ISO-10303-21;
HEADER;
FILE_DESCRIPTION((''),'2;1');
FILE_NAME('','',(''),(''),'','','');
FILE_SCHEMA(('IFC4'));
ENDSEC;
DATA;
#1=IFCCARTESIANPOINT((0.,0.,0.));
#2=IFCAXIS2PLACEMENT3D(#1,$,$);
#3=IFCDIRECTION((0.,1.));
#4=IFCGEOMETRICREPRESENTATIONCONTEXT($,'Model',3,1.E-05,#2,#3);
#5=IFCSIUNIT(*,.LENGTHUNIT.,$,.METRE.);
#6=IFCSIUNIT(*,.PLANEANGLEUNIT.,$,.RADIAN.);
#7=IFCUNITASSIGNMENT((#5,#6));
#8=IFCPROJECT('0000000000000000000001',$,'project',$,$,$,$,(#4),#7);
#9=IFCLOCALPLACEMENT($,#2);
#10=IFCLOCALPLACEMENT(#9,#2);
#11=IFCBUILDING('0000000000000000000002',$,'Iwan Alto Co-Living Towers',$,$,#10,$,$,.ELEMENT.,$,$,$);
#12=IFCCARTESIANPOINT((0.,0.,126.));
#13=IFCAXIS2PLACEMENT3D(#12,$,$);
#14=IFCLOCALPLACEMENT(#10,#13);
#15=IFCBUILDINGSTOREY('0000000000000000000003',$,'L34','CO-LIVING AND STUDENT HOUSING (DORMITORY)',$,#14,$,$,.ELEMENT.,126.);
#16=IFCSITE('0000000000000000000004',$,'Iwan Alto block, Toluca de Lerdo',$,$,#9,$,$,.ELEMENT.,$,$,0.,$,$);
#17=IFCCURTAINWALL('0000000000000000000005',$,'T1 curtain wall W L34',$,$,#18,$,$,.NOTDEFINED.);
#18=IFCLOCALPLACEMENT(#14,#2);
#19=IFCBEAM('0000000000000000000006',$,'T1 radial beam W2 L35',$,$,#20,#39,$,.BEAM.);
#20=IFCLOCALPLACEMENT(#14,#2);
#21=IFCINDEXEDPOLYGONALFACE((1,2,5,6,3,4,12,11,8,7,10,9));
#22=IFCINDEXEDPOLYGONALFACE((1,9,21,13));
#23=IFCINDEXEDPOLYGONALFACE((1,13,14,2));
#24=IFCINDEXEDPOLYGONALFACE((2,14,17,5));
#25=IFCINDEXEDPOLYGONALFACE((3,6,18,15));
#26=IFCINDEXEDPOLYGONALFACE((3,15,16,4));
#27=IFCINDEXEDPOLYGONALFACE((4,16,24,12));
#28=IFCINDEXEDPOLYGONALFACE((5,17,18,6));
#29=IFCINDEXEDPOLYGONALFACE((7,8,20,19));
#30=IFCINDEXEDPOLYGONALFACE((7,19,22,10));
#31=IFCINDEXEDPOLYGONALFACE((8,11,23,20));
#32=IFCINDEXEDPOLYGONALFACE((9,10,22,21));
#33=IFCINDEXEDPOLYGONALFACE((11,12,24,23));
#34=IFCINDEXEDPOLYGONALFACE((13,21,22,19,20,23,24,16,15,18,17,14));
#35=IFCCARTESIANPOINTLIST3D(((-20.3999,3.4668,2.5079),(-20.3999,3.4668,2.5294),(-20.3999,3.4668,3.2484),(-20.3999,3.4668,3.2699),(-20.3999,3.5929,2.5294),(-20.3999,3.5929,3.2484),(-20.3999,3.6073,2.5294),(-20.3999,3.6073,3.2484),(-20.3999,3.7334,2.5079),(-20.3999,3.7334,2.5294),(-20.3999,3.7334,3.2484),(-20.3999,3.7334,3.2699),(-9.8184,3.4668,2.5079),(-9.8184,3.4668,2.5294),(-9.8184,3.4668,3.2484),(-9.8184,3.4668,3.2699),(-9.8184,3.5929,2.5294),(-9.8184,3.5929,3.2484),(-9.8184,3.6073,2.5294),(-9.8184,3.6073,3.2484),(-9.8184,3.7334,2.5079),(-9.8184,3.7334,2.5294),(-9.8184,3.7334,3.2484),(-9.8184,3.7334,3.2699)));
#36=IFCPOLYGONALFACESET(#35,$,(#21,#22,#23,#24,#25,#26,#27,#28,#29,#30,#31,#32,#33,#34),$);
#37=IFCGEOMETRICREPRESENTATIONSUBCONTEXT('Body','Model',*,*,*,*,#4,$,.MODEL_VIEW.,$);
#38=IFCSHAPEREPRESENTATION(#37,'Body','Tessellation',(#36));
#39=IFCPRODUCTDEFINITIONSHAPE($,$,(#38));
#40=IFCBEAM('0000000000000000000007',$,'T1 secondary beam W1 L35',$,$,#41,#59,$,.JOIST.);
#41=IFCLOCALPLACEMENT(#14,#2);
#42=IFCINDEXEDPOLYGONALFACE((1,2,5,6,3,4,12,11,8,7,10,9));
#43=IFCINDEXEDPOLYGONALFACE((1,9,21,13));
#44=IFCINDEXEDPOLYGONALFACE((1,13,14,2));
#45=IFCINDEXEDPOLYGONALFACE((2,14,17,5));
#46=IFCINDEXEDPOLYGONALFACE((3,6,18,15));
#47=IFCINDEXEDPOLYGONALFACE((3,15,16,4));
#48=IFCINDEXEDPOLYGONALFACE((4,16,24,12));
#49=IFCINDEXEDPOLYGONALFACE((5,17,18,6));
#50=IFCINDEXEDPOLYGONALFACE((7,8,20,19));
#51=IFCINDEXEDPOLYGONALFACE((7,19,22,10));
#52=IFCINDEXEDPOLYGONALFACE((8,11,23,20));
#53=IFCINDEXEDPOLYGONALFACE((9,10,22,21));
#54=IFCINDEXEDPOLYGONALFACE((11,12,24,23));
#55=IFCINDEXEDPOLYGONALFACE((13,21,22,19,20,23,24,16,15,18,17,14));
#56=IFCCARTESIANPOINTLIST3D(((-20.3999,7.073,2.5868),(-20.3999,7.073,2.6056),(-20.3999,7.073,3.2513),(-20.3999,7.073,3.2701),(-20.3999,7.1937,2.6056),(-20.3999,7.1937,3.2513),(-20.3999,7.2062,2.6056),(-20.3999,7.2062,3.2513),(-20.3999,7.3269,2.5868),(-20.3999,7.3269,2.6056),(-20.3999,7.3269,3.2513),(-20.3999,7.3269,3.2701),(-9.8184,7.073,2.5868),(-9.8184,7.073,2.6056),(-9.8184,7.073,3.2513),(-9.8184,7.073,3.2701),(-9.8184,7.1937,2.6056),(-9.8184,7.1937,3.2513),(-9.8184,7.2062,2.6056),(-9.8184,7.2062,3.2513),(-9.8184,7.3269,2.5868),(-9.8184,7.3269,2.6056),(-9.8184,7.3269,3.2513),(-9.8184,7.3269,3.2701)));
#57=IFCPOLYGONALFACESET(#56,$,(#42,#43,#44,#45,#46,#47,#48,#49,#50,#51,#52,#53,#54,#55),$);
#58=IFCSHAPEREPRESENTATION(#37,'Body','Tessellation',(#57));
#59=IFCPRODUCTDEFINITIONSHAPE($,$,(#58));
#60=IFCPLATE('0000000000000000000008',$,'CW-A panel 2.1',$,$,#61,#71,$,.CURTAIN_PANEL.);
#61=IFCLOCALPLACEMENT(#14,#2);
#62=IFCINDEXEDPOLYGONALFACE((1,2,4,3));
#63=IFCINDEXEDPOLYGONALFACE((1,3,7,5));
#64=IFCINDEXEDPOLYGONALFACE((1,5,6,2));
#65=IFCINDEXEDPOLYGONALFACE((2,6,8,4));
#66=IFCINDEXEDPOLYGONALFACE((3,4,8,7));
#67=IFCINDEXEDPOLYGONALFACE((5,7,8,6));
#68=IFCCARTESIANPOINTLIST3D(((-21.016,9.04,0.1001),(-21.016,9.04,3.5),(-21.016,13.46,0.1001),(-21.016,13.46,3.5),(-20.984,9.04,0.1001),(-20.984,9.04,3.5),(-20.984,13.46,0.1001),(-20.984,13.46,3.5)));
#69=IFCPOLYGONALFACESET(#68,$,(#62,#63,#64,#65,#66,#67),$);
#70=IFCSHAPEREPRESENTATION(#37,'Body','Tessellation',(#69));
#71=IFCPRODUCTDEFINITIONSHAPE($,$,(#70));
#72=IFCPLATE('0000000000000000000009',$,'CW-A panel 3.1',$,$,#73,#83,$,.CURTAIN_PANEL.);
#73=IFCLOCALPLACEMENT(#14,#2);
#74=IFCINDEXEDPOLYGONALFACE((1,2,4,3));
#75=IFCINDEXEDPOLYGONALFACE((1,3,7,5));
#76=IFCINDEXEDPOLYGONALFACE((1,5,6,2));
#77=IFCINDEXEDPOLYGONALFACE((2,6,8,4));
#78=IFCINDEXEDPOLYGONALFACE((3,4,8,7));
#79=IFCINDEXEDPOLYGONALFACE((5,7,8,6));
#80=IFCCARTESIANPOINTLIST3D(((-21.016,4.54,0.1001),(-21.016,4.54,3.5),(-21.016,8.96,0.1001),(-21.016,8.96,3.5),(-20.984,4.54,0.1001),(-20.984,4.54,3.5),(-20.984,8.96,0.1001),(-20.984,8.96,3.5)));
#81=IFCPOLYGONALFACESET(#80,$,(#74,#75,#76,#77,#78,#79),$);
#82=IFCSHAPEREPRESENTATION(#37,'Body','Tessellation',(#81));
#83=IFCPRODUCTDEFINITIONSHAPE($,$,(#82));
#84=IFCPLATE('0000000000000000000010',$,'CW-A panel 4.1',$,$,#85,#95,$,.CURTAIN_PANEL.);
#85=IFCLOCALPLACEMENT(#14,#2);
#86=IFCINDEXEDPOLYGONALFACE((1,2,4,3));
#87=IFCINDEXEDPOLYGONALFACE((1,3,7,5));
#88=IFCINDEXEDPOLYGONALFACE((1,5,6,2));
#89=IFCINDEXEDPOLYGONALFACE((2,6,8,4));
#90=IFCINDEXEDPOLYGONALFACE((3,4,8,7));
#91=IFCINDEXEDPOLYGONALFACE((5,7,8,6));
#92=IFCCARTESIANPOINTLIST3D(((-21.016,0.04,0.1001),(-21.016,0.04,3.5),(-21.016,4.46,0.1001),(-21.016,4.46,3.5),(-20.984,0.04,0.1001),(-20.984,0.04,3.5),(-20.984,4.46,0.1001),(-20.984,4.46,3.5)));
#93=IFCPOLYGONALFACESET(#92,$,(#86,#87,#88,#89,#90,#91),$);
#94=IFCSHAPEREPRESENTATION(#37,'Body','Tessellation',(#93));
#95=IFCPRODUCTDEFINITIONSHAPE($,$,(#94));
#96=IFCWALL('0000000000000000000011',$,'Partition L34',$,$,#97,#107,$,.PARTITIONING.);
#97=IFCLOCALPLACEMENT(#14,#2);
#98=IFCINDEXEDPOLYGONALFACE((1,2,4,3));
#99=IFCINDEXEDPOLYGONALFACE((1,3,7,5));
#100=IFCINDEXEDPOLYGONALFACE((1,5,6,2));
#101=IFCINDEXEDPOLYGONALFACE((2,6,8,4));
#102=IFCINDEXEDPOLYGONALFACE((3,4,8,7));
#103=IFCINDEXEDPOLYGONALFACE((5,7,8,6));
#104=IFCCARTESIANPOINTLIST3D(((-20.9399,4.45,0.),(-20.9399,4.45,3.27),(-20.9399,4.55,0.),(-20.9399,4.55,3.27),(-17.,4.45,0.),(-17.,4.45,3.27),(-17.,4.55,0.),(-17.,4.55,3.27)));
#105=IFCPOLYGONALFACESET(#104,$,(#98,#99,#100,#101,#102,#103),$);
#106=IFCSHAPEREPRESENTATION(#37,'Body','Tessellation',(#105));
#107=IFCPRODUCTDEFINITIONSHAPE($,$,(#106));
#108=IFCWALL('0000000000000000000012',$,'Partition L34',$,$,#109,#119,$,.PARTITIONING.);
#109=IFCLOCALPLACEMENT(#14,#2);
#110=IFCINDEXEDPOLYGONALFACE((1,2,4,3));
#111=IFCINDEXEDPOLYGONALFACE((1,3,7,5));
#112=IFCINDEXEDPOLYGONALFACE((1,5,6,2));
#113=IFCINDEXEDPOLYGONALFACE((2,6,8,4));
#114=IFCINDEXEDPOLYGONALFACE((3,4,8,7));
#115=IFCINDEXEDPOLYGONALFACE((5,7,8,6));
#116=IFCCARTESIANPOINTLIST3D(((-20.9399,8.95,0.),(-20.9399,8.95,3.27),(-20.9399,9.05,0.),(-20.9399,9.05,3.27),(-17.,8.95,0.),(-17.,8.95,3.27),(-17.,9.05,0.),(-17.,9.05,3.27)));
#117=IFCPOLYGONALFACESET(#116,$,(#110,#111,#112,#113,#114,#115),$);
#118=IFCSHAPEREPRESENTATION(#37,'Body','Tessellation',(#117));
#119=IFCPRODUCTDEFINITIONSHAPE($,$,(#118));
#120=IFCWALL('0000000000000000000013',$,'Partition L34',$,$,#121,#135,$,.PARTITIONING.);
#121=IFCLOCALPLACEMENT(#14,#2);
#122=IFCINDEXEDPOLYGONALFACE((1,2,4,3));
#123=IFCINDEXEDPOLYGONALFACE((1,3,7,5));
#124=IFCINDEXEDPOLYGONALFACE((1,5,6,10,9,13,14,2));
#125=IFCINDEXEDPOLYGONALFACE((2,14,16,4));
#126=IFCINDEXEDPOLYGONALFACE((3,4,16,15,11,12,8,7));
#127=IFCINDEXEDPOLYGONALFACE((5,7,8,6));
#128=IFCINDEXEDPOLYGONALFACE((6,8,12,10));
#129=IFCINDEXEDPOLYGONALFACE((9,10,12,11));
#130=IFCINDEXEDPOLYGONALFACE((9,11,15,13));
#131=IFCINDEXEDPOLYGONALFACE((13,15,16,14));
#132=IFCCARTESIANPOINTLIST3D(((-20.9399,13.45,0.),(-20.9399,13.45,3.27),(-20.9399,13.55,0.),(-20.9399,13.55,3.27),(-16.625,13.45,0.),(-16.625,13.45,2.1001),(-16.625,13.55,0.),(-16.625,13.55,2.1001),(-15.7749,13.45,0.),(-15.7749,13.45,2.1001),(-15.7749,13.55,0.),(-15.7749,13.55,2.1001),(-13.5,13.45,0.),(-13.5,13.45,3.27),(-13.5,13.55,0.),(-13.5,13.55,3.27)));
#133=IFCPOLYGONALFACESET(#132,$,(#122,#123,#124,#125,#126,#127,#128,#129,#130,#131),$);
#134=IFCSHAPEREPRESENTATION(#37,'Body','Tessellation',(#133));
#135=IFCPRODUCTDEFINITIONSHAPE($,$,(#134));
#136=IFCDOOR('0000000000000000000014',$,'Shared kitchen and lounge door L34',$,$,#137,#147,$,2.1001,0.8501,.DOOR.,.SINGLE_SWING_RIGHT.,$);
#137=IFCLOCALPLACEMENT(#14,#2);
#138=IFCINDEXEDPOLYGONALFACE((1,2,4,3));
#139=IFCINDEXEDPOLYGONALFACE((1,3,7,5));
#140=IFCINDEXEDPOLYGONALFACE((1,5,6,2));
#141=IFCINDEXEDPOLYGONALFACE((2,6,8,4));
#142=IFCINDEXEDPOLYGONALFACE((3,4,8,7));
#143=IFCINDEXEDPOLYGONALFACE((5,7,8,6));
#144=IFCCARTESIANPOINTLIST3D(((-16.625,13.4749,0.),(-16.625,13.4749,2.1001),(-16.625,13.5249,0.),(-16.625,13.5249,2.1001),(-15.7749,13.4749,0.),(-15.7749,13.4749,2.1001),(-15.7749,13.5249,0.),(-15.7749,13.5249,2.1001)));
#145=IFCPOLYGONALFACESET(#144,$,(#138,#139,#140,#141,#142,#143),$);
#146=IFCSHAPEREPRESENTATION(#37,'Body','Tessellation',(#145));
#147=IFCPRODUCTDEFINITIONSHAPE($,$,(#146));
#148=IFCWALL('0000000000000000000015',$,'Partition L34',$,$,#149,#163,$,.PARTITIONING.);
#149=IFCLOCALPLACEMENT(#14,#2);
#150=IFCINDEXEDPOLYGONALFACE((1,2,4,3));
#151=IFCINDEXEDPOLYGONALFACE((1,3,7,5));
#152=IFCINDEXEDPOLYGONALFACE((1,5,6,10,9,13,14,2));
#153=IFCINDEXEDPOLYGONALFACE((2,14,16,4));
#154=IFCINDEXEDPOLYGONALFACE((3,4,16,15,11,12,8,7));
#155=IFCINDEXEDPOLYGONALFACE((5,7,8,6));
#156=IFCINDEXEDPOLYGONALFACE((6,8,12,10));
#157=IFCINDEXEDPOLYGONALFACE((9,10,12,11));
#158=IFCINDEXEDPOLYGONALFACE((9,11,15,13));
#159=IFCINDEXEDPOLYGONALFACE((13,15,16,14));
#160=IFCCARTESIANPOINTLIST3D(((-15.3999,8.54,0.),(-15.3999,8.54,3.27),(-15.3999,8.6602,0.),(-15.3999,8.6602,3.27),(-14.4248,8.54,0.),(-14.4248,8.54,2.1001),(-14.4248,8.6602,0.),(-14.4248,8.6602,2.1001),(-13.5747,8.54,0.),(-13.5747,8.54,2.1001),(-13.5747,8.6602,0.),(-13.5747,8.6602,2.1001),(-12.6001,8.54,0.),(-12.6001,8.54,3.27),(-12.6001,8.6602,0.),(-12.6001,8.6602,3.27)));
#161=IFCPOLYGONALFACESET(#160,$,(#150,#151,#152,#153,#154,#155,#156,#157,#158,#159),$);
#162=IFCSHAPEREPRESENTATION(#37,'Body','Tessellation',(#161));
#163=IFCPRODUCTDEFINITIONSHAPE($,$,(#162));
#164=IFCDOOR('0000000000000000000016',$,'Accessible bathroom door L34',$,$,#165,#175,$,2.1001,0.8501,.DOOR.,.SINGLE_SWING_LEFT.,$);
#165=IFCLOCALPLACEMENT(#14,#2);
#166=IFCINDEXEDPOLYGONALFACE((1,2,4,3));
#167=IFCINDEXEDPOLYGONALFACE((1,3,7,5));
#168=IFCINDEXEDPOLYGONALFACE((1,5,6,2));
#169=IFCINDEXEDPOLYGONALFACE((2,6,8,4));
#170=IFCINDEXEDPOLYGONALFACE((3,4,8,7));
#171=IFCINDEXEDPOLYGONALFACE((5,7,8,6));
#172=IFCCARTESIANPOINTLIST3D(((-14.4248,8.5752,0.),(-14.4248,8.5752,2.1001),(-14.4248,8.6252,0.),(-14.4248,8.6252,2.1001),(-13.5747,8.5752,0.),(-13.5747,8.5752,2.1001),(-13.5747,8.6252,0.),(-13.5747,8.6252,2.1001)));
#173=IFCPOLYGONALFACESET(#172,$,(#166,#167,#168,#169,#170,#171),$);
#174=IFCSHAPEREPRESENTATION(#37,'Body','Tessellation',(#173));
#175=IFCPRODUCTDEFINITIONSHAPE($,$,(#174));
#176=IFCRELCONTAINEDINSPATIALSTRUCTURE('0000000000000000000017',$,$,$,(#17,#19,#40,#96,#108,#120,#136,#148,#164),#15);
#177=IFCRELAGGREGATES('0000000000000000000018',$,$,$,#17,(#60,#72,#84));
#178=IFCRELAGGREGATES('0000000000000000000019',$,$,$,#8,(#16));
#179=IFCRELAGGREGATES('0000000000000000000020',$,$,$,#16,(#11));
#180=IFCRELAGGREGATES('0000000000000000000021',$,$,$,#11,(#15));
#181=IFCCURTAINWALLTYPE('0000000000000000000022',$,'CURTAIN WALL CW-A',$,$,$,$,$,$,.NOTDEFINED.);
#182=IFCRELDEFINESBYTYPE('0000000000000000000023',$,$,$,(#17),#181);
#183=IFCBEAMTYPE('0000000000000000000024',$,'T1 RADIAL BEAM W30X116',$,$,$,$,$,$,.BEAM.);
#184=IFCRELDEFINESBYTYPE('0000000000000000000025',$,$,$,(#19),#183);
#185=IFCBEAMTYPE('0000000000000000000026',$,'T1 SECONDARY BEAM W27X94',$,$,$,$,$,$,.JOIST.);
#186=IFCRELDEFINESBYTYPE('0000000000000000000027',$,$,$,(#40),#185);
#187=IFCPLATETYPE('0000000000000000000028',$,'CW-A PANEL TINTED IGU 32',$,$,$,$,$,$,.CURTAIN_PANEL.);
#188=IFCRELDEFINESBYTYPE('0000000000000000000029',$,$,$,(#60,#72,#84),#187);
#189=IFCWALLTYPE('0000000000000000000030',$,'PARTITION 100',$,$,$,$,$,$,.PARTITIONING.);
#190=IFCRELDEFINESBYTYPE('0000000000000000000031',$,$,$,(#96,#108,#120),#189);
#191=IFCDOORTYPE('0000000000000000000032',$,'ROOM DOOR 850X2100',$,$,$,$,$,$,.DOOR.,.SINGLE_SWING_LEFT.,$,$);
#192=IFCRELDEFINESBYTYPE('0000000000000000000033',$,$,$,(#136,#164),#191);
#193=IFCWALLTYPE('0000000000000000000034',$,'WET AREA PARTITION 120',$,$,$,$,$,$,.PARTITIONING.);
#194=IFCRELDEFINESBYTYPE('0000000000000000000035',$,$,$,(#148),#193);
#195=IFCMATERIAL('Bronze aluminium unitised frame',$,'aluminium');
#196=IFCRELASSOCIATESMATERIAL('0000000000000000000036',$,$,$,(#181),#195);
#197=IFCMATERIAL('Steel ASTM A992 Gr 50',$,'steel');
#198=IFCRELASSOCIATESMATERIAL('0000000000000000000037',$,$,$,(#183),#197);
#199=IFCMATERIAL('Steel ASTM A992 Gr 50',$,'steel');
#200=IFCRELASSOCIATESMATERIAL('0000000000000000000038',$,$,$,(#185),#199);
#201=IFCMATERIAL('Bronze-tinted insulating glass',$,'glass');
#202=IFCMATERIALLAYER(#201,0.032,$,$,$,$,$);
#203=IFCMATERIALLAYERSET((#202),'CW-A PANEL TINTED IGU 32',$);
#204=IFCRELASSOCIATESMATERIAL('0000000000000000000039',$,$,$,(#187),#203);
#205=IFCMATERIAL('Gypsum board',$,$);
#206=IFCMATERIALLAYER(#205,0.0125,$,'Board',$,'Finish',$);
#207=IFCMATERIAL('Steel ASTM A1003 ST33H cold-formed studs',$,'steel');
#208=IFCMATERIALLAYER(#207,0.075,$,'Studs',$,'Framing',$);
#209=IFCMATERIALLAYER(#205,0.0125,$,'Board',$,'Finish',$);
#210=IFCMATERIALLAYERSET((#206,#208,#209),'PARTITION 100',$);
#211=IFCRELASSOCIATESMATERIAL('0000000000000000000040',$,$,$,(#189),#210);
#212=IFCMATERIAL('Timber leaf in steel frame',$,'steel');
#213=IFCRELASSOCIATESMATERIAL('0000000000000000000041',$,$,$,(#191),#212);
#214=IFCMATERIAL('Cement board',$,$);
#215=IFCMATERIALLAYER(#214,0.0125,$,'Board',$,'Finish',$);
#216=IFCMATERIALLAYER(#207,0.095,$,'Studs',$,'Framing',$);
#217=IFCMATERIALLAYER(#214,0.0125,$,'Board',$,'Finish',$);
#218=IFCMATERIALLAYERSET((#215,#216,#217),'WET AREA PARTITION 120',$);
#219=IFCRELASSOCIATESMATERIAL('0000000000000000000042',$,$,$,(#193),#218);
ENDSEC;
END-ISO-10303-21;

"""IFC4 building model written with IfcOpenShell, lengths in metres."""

from ifc_helpers import new_model, si_unit, direction, frame, frame_2d, origin, origin_2d, place, context, subcontext, project, spatial, rectangle, i_section, extrude, material, layer, layer_set, material_profile, profile_set, type_object, element, fill, aggregate, save


model = new_model("IFC4")

# Units and contexts
model_context = context("Model", 3, precision=1e-05, world=origin(), true_north=direction((0.0, 1.0)))
body_context = subcontext(model_context, "Body", "Model", "MODEL_VIEW")
ifc_project = project(units=[si_unit("LENGTHUNIT", "METRE"), si_unit("PLANEANGLEUNIT", "RADIAN")], contexts=[model_context])

# Site, building, storey
site_placement = place(None, origin())
site = spatial("IfcSite", under=ifc_project, at=site_placement, Name="Iwan Alto block, Toluca de Lerdo", CompositionType="ELEMENT", RefElevation=0.0)
building_placement = place(site_placement, origin())
building = spatial("IfcBuilding", under=site, at=building_placement, Name="Iwan Alto Co-Living Towers", CompositionType="ELEMENT")
storey_placement = place(building_placement, frame((0.0, 0.0, 126.0)))
storey = spatial("IfcBuildingStorey", under=building, at=storey_placement, Name="L34", Description="CO-LIVING AND STUDENT HOUSING (DORMITORY)", CompositionType="ELEMENT", Elevation=126.0)

# Curtain wall
ifc_material_1 = material(Name="Bronze aluminium unitised frame", Category="aluminium")
curtain_wall_type = type_object("IfcCurtainWallType", Name="CURTAIN WALL CW-A", PredefinedType="NOTDEFINED", material=ifc_material_1)
curtain_wall_placement = place(storey_placement, origin())
curtain_wall = element("IfcCurtainWall", 1, at=curtain_wall_placement, inside=storey, type_object=curtain_wall_type, Name="T1 curtain wall W L34", PredefinedType="NOTDEFINED")

# Beams
ifc_material_2 = material(Name="Steel ASTM A992 Gr 50", Category="steel")
ifc_material_profile_1 = material_profile(ifc_material_2, i_section(OverallWidth=0.2666, OverallDepth=0.762, WebThickness=0.0144, FlangeThickness=0.0215, at=origin_2d()), Name="W30X116")
ifc_profile_set_1 = profile_set([ifc_material_profile_1], Name="Steel ASTM A992 Gr 50")
beam_type_1 = type_object("IfcBeamType", Name="T1 RADIAL BEAM W30X116", PredefinedType="BEAM", material=ifc_profile_set_1)
beam_1_placement = place(storey_placement, frame((-20.3999, 3.6001, 2.8889), z_axis=(1.0, 0.0, 0.0), x_axis=(0.0, 1.0, 0.0)))
element("IfcBeam", 2, at=beam_1_placement, inside=storey, type_object=beam_type_1, Name="T1 radial beam W2 L35", PredefinedType="BEAM", context=body_context, shape_type="SweptSolid", body=[
    extrude(i_section(OverallWidth=0.2666, OverallDepth=0.762, WebThickness=0.0144, FlangeThickness=0.0215, at=origin_2d()), origin(), (0.0, 0.0, 1.0), 10.5815),
])
ifc_material_3 = material(Name="Steel ASTM A992 Gr 50", Category="steel")
ifc_material_profile_2 = material_profile(ifc_material_3, i_section(OverallWidth=0.2539, OverallDepth=0.6833, WebThickness=0.0125, FlangeThickness=0.0188, at=origin_2d()), Name="W27X94")
ifc_profile_set_2 = profile_set([ifc_material_profile_2], Name="Steel ASTM A992 Gr 50")
beam_type_2 = type_object("IfcBeamType", Name="T1 SECONDARY BEAM W27X94", PredefinedType="JOIST", material=ifc_profile_set_2)
beam_2_placement = place(storey_placement, frame((-20.3999, 7.2, 2.9285), z_axis=(1.0, 0.0, 0.0), x_axis=(0.0, 1.0, 0.0)))
element("IfcBeam", 3, at=beam_2_placement, inside=storey, type_object=beam_type_2, Name="T1 secondary beam W1 L35", PredefinedType="JOIST", context=body_context, shape_type="SweptSolid", body=[
    extrude(i_section(OverallWidth=0.2539, OverallDepth=0.6833, WebThickness=0.0125, FlangeThickness=0.0188, at=origin_2d()), origin(), (0.0, 0.0, 1.0), 10.5815),
])

# Plates
ifc_material_4 = material(Name="Bronze-tinted insulating glass", Category="glass")
ifc_layer_1 = layer(ifc_material_4, 0.032)
ifc_layer_set_1 = layer_set([ifc_layer_1], Name="CW-A PANEL TINTED IGU 32")
plate_type = type_object("IfcPlateType", Name="CW-A PANEL TINTED IGU 32", PredefinedType="CURTAIN_PANEL", material=ifc_layer_set_1)
plate_1_placement = place(storey_placement, frame((-21.0, 11.25, 0.1001), z_axis=(0.0, 0.0, 1.0), x_axis=(0.0, -1.0, 0.0)))
plate_1 = element("IfcPlate", 4, at=plate_1_placement, type_object=plate_type, Name="CW-A panel 2.1", PredefinedType="CURTAIN_PANEL", context=body_context, shape_type="SweptSolid", body=[
    extrude(rectangle(XDim=4.4199, YDim=0.032, at=origin_2d()), origin(), (0.0, 0.0, 1.0), 3.3999),
])
plate_2_placement = place(storey_placement, frame((-21.0, 6.75, 0.1001), z_axis=(0.0, 0.0, 1.0), x_axis=(0.0, -1.0, 0.0)))
plate_2 = element("IfcPlate", 5, at=plate_2_placement, type_object=plate_type, Name="CW-A panel 3.1", PredefinedType="CURTAIN_PANEL", context=body_context, shape_type="SweptSolid", body=[
    extrude(rectangle(XDim=4.4199, YDim=0.032, at=origin_2d()), origin(), (0.0, 0.0, 1.0), 3.3999),
])
plate_3_placement = place(storey_placement, frame((-21.0, 2.25, 0.1001), z_axis=(0.0, 0.0, 1.0), x_axis=(0.0, -1.0, 0.0)))
plate_3 = element("IfcPlate", 6, at=plate_3_placement, type_object=plate_type, Name="CW-A panel 4.1", PredefinedType="CURTAIN_PANEL", context=body_context, shape_type="SweptSolid", body=[
    extrude(rectangle(XDim=4.4199, YDim=0.032, at=origin_2d()), origin(), (0.0, 0.0, 1.0), 3.3999),
])
aggregate(curtain_wall, [plate_1, plate_2, plate_3])

# Walls
ifc_material_5 = material(Name="Gypsum board")
ifc_layer_2 = layer(ifc_material_5, 0.0125, Name="Board", Category="Finish")
ifc_material_6 = material(Name="Steel ASTM A1003 ST33H cold-formed studs", Category="steel")
ifc_layer_3 = layer(ifc_material_6, 0.075, Name="Studs", Category="Framing")
ifc_layer_4 = layer(ifc_material_5, 0.0125, Name="Board", Category="Finish")
ifc_layer_set_2 = layer_set([ifc_layer_2, ifc_layer_3, ifc_layer_4], Name="PARTITION 100")
wall_type_1 = type_object("IfcWallType", Name="PARTITION 100", PredefinedType="PARTITIONING", material=ifc_layer_set_2)
for number, where, z_axis, x_axis, name in (
    (7, (-20.9399, 4.5, 0.0), (0.0, 0.0, 1.0), (1.0, 0.0, 0.0), "Partition L34"),
    (8, (-20.9399, 9.0, 0.0), (0.0, 0.0, 1.0), (1.0, 0.0, 0.0), "Partition L34"),
):
    element("IfcWall", number, at=place(storey_placement, frame(where, z_axis=z_axis, x_axis=x_axis)), inside=storey, type_object=wall_type_1, Name=name, PredefinedType="PARTITIONING", context=body_context, shape_type="SweptSolid", body=[
        extrude(rectangle(XDim=3.9399, YDim=0.1001, at=frame_2d((1.97, 0.0))), origin(), (0.0, 0.0, 1.0), 3.27),
    ])

# Walls, openings, doors
wall_1_placement = place(storey_placement, frame((-20.9399, 13.5, 0.0), z_axis=(0.0, 0.0, 1.0), x_axis=(1.0, 0.0, 0.0)))
wall_1 = element("IfcWall", 9, at=wall_1_placement, inside=storey, type_object=wall_type_1, Name="Partition L34", PredefinedType="PARTITIONING", context=body_context, shape_type="SweptSolid", body=[
    extrude(rectangle(XDim=7.4399, YDim=0.1001, at=frame_2d((3.72, 0.0))), origin(), (0.0, 0.0, 1.0), 3.27),
])
opening_1_placement = place(wall_1_placement, frame((4.3149, 0.0, 0.0)))
opening_1 = element("IfcOpeningElement", 10, at=opening_1_placement, cuts=wall_1, PredefinedType="OPENING", context=body_context, shape_type="SweptSolid", body=[
    extrude(rectangle(XDim=0.8501, YDim=2.1001, at=frame_2d((0.425, 1.05))), frame((0.0, 0.0601, 0.0), z_axis=(0.0, -1.0, 0.0), x_axis=(1.0, 0.0, 0.0)), (0.0, 0.0, 1.0), 0.1201),
])
ifc_material_7 = material(Name="Timber leaf in steel frame", Category="steel")
door_type = type_object("IfcDoorType", Name="ROOM DOOR 850X2100", OperationType="SINGLE_SWING_LEFT", PredefinedType="DOOR", material=ifc_material_7)
door_1_placement = place(opening_1_placement, origin())
door_1 = element("IfcDoor", 11, at=door_1_placement, inside=storey, type_object=door_type, Name="Shared kitchen and lounge door L34", OperationType="SINGLE_SWING_RIGHT", OverallHeight=2.1001, OverallWidth=0.8501, PredefinedType="DOOR", context=body_context, shape_type="SweptSolid", body=[
    extrude(rectangle(XDim=0.8501, YDim=2.1001, at=frame_2d((0.425, 1.05))), frame((0.0, 0.0249, 0.0), z_axis=(0.0, -1.0, 0.0), x_axis=(1.0, 0.0, 0.0)), (0.0, 0.0, 1.0), 0.05),
])
fill(opening_1, door_1)
ifc_material_8 = material(Name="Cement board")
ifc_layer_5 = layer(ifc_material_8, 0.0125, Name="Board", Category="Finish")
ifc_layer_6 = layer(ifc_material_6, 0.095, Name="Studs", Category="Framing")
ifc_layer_7 = layer(ifc_material_8, 0.0125, Name="Board", Category="Finish")
ifc_layer_set_3 = layer_set([ifc_layer_5, ifc_layer_6, ifc_layer_7], Name="WET AREA PARTITION 120")
wall_type_2 = type_object("IfcWallType", Name="WET AREA PARTITION 120", PredefinedType="PARTITIONING", material=ifc_layer_set_3)
wall_2_placement = place(storey_placement, frame((-15.3999, 8.6001, 0.0), z_axis=(0.0, 0.0, 1.0), x_axis=(1.0, 0.0, 0.0)))
wall_2 = element("IfcWall", 12, at=wall_2_placement, inside=storey, type_object=wall_type_2, Name="Partition L34", PredefinedType="PARTITIONING", context=body_context, shape_type="SweptSolid", body=[
    extrude(rectangle(XDim=2.7998, YDim=0.1201, at=frame_2d((1.3999, 0.0))), origin(), (0.0, 0.0, 1.0), 3.27),
])
opening_2_placement = place(wall_2_placement, frame((0.9751, 0.0, 0.0)))
opening_2 = element("IfcOpeningElement", 13, at=opening_2_placement, cuts=wall_2, PredefinedType="OPENING", context=body_context, shape_type="SweptSolid", body=[
    extrude(rectangle(XDim=0.8501, YDim=2.1001, at=frame_2d((0.425, 1.05))), frame((0.0, 0.0701, 0.0), z_axis=(0.0, -1.0, 0.0), x_axis=(1.0, 0.0, 0.0)), (0.0, 0.0, 1.0), 0.1401),
])
door_2_placement = place(opening_2_placement, frame((0.8501, 0.0, 0.0), z_axis=(0.0, 0.0, 1.0), x_axis=(-1.0, 0.0, 0.0)))
door_2 = element("IfcDoor", 14, at=door_2_placement, inside=storey, type_object=door_type, Name="Accessible bathroom door L34", OperationType="SINGLE_SWING_LEFT", OverallHeight=2.1001, OverallWidth=0.8501, PredefinedType="DOOR", context=body_context, shape_type="SweptSolid", body=[
    extrude(rectangle(XDim=0.8501, YDim=2.1001, at=frame_2d((0.425, 1.05))), frame((0.0, 0.0249, 0.0), z_axis=(0.0, -1.0, 0.0), x_axis=(1.0, 0.0, 0.0)), (0.0, 0.0, 1.0), 0.05),
])
fill(opening_2, door_2)

save(model, "model.ifc")
